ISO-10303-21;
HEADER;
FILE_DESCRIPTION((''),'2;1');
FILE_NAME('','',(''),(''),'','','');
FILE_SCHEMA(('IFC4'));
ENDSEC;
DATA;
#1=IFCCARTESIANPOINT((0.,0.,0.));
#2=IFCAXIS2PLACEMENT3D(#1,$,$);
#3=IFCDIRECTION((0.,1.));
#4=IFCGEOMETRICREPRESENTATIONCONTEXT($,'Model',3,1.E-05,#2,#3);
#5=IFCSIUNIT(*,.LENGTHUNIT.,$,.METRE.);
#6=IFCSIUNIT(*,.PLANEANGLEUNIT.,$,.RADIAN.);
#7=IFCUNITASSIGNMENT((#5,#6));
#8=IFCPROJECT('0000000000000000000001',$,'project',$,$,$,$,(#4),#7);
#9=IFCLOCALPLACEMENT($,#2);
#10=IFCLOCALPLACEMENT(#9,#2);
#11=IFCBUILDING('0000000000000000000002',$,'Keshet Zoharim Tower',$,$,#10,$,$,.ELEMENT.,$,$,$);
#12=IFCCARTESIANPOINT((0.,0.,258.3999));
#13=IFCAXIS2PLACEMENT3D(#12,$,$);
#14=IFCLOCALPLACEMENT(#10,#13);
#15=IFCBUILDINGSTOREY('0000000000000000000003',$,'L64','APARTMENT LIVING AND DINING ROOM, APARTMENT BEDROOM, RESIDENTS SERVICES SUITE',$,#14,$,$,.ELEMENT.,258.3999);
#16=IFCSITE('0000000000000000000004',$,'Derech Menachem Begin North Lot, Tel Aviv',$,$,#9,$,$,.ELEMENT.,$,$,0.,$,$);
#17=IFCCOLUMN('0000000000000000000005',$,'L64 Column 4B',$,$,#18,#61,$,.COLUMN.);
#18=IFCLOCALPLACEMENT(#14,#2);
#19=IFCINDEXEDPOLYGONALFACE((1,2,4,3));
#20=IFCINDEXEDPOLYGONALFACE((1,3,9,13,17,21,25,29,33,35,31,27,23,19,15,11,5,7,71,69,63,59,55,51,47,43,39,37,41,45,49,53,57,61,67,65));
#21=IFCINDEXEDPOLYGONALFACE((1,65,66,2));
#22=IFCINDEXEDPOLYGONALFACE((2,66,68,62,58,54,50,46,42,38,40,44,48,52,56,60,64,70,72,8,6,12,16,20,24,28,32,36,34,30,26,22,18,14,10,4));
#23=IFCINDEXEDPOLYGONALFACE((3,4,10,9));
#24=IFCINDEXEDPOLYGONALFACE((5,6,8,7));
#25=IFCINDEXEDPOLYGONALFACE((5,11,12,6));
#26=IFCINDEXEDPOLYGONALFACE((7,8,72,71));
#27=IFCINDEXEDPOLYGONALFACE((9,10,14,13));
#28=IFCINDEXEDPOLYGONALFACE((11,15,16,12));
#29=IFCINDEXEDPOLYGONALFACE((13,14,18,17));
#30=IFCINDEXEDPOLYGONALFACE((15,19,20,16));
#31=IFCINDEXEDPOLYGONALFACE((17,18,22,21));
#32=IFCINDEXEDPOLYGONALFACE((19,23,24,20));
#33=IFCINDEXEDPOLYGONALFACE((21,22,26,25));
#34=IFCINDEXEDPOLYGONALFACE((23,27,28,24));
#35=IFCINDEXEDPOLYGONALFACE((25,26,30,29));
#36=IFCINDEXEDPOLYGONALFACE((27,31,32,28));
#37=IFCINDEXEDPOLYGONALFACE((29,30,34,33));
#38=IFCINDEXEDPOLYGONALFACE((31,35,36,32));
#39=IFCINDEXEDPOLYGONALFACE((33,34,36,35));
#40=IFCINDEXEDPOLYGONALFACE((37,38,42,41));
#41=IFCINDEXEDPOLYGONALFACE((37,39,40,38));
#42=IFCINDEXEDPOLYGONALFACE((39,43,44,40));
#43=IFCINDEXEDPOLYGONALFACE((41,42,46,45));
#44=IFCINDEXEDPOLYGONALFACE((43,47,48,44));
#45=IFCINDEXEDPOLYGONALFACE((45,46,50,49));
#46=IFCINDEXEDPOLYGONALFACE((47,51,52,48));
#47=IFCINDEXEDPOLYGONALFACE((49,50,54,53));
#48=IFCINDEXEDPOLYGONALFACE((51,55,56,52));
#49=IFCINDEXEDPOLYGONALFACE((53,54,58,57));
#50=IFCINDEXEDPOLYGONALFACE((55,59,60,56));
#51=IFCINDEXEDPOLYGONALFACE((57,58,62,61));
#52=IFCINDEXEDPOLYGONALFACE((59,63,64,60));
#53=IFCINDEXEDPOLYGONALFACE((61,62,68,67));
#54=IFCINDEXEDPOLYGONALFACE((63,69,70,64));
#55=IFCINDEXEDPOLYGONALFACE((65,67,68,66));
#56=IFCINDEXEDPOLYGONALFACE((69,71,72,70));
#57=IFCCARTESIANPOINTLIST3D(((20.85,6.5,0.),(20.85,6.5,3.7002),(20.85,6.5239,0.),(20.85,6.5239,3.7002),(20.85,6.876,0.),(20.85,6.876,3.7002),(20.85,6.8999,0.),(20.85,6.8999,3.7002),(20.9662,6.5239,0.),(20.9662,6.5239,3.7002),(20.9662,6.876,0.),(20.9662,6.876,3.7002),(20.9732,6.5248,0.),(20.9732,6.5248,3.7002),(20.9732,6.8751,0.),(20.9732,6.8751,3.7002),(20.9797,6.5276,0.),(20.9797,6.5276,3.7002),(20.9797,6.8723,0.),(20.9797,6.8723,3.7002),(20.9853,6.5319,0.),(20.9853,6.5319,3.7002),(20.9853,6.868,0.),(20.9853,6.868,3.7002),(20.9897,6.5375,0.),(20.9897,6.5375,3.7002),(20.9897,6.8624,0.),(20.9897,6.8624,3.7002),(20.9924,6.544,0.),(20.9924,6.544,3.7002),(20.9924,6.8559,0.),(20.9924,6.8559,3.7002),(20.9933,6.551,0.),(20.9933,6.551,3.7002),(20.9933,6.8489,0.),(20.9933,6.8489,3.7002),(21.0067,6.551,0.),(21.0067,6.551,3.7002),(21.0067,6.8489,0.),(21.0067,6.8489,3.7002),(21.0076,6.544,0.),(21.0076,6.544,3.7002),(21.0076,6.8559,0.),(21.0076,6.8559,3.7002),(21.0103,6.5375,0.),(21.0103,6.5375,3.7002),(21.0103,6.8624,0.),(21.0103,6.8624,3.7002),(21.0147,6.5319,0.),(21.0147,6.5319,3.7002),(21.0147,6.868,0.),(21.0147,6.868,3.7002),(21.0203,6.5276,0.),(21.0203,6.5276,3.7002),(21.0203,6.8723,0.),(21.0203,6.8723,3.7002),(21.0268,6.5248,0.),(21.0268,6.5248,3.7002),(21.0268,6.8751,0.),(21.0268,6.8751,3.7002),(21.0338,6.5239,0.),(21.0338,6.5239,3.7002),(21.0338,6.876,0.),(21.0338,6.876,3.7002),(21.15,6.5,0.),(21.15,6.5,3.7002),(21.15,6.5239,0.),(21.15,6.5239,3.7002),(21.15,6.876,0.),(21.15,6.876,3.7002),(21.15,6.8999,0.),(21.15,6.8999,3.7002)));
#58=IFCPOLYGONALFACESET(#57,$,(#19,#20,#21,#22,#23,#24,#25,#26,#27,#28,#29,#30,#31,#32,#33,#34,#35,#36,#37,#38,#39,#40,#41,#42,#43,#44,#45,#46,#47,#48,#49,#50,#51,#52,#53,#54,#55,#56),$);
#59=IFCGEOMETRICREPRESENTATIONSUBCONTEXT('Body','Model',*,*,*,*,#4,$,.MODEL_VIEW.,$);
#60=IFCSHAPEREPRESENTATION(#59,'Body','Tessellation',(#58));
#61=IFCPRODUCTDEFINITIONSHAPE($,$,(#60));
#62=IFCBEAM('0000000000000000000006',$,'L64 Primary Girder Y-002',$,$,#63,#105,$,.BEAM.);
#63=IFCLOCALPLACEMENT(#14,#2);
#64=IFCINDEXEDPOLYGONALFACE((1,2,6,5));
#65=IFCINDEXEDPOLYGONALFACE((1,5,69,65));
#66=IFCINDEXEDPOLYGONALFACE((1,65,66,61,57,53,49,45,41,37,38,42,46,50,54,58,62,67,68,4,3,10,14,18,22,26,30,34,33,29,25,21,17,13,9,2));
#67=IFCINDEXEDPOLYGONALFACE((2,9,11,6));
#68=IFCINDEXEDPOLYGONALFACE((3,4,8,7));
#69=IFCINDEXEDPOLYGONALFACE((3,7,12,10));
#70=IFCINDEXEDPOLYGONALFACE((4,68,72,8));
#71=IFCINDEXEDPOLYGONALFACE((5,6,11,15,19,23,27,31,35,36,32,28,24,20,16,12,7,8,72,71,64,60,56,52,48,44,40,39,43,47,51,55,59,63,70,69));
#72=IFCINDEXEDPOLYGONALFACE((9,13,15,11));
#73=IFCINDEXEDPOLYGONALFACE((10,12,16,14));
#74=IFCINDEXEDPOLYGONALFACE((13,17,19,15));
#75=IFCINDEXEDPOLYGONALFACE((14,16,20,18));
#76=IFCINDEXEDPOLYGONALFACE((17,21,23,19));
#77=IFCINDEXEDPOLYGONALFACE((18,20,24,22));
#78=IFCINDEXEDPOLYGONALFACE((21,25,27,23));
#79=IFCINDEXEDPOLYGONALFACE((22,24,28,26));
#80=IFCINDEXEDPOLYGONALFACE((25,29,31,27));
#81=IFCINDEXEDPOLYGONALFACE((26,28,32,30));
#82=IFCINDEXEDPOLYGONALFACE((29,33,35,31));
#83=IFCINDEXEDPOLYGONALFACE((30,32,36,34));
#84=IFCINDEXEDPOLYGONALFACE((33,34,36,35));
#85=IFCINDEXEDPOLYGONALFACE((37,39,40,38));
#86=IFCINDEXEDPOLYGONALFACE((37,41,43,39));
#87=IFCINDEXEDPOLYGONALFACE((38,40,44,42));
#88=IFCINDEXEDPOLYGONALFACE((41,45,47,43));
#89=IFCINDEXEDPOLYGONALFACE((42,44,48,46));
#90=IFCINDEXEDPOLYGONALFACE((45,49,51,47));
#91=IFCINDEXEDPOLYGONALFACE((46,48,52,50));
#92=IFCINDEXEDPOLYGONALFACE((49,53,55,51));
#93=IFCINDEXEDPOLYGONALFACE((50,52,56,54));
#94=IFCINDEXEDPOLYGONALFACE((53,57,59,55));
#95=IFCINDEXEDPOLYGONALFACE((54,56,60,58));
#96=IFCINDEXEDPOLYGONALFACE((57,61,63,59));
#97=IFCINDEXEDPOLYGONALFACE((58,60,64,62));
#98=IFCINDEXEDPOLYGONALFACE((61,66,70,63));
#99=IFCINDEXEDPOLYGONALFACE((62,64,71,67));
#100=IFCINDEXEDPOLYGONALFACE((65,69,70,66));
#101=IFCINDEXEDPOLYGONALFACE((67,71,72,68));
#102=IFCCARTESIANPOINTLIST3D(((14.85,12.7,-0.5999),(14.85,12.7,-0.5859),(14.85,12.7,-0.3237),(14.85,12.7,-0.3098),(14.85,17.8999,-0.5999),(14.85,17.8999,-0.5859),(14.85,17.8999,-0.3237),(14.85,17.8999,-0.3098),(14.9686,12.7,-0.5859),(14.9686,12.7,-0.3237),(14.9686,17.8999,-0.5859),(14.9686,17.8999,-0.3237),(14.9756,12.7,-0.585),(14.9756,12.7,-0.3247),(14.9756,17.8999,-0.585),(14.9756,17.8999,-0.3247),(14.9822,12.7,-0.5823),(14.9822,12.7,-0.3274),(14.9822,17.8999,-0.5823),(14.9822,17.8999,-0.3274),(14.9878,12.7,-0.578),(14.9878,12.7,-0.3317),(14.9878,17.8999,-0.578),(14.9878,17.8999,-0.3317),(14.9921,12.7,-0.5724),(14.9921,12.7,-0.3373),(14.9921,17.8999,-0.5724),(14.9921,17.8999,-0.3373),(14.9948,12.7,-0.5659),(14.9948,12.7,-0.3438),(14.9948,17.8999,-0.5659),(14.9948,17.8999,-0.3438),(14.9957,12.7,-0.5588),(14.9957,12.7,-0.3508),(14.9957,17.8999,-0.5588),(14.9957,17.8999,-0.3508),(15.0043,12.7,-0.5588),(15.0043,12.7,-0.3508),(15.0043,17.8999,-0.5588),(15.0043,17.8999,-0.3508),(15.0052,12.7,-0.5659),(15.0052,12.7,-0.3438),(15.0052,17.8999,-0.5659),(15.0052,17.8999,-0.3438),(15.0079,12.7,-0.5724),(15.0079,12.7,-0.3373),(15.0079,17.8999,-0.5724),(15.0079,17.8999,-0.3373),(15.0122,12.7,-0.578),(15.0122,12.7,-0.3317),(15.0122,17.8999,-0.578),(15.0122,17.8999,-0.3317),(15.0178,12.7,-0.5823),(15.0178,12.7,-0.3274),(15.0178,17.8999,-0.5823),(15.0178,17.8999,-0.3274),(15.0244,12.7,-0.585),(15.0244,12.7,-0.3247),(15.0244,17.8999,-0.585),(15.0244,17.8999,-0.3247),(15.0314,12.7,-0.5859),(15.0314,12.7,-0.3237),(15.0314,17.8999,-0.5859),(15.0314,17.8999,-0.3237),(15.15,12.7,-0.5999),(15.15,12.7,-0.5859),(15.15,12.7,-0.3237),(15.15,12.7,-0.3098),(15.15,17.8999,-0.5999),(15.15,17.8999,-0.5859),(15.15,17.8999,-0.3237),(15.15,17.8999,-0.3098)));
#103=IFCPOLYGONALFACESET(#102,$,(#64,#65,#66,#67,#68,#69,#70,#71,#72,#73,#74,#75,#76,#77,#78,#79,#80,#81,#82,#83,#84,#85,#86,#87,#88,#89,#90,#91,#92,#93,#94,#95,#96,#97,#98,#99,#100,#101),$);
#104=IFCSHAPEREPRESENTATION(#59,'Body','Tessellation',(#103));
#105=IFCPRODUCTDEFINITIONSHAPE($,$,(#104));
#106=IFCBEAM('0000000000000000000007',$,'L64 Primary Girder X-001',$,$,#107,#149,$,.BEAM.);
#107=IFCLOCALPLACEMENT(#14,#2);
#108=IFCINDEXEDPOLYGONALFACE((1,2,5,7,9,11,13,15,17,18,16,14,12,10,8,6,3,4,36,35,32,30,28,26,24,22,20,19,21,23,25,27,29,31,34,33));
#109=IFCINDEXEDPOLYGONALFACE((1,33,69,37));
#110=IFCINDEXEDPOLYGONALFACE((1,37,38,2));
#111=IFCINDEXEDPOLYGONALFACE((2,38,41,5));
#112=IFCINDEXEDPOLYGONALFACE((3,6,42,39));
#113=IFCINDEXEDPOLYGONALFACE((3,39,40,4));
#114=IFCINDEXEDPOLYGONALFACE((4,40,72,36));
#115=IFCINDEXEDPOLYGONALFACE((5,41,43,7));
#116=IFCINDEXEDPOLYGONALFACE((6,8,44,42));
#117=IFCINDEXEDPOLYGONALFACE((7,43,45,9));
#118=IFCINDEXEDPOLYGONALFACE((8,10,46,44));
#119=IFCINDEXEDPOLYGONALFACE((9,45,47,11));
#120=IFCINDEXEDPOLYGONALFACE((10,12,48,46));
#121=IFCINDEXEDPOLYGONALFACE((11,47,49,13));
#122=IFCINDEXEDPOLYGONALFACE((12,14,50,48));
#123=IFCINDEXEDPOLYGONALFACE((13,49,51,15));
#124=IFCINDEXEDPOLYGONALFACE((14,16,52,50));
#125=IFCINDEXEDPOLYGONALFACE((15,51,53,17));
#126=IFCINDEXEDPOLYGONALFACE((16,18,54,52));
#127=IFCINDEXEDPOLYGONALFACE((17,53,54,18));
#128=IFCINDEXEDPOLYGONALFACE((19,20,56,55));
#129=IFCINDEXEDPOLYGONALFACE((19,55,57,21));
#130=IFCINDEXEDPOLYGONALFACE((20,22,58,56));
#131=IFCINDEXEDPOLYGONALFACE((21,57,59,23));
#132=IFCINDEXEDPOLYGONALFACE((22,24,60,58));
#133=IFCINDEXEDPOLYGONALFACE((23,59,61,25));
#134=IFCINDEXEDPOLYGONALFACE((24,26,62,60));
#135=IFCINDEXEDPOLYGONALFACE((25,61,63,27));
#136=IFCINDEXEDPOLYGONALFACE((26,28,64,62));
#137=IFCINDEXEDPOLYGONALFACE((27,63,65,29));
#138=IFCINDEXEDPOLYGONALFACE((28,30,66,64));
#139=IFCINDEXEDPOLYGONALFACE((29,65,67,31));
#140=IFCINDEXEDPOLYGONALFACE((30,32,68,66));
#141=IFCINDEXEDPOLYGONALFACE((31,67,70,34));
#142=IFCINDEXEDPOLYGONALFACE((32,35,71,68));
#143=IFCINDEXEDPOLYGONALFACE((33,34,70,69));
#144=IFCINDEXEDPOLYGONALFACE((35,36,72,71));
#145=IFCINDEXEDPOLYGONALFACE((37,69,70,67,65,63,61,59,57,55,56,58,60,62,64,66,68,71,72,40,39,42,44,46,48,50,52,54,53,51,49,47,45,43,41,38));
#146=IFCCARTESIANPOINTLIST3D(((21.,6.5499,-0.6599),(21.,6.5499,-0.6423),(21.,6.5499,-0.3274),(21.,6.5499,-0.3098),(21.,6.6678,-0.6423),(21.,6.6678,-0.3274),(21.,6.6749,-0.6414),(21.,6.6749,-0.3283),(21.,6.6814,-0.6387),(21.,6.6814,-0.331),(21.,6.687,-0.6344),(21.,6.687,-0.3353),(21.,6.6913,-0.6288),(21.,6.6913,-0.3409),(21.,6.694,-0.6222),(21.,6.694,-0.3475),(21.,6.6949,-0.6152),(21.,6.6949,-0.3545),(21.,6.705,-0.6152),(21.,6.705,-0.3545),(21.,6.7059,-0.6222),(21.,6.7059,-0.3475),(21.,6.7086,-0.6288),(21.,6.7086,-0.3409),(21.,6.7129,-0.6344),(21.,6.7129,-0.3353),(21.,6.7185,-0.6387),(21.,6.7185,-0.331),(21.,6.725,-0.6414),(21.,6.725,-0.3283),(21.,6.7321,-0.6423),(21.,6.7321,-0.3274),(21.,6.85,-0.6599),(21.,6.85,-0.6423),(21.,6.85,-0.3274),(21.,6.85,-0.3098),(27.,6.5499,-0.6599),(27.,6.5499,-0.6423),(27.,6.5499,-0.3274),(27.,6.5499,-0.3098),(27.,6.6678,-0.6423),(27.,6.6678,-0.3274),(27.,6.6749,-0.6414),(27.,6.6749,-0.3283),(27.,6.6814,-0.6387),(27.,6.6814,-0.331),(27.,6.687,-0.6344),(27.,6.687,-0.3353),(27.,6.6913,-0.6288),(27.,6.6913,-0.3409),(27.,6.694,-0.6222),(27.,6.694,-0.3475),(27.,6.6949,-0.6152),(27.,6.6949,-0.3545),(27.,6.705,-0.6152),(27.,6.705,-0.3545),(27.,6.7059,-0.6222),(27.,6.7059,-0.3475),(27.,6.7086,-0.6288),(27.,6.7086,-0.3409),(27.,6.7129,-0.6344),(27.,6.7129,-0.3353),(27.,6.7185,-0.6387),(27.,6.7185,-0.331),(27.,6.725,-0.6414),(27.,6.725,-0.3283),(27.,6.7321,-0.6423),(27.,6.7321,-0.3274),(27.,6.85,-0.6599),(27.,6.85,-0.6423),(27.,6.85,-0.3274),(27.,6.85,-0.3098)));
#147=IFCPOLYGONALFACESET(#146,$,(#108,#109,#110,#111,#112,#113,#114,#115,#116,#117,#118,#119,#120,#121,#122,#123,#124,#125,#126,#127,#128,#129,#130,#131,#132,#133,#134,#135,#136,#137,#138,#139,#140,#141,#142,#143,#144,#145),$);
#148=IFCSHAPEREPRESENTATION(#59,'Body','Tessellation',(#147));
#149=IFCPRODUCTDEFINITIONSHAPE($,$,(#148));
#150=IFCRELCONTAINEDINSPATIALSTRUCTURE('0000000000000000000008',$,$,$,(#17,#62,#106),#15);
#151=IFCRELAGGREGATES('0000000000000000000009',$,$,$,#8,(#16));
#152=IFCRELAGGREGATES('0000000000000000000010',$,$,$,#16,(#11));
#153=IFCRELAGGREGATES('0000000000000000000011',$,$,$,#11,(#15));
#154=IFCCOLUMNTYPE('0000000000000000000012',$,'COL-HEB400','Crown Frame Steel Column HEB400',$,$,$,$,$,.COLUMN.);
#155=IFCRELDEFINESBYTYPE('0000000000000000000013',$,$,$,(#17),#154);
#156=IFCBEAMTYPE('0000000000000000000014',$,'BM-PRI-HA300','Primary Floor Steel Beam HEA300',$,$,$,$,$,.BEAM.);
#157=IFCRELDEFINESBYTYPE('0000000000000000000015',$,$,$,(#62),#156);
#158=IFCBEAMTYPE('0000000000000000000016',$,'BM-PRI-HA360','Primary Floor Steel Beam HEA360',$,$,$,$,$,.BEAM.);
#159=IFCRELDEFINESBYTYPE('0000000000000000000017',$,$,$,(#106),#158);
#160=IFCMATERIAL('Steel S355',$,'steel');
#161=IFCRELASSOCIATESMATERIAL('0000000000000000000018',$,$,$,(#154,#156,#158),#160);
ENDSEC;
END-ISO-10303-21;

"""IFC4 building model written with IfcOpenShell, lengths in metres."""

from ifc_helpers import new_model, si_unit, direction, frame, origin, origin_2d, place, context, subcontext, project, spatial, i_section, extrude, material, material_profile, profile_set, type_object, element, save


model = new_model("IFC4")

# Units and contexts
model_context = context("Model", 3, precision=1e-05, world=origin(), true_north=direction((0.0, 1.0)))
body_context = subcontext(model_context, "Body", "Model", "MODEL_VIEW")
ifc_project = project(units=[si_unit("LENGTHUNIT", "METRE"), si_unit("PLANEANGLEUNIT", "RADIAN")], contexts=[model_context])

# Site, building, storey
site_placement = place(None, origin())
site = spatial("IfcSite", under=ifc_project, at=site_placement, Name="Derech Menachem Begin North Lot, Tel Aviv", CompositionType="ELEMENT", RefElevation=0.0)
building_placement = place(site_placement, origin())
building = spatial("IfcBuilding", under=site, at=building_placement, Name="Keshet Zoharim Tower", CompositionType="ELEMENT")
storey_placement = place(building_placement, frame((0.0, 0.0, 258.3999)))
storey = spatial("IfcBuildingStorey", under=building, at=storey_placement, Name="L64", Description="APARTMENT LIVING AND DINING ROOM, APARTMENT BEDROOM, RESIDENTS SERVICES SUITE", CompositionType="ELEMENT", Elevation=258.3999)

# Column
ifc_material_1 = material(Name="Steel S355", Category="steel")
ifc_material_profile_1 = material_profile(ifc_material_1, i_section(OverallWidth=0.3, OverallDepth=0.3999, WebThickness=0.0134, FlangeThickness=0.0239, FilletRadius=0.0271, at=origin_2d()), Name="HEB400")
ifc_profile_set_1 = profile_set([ifc_material_profile_1], Name="Steel S355")
column_type = type_object("IfcColumnType", Name="COL-HEB400", Description="Crown Frame Steel Column HEB400", PredefinedType="COLUMN", material=ifc_profile_set_1)
column_placement = place(storey_placement, frame((21.0, 6.7, 0.0), z_axis=(0.0, 0.0, 1.0), x_axis=(1.0, 0.0, 0.0)))
element("IfcColumn", 1, at=column_placement, inside=storey, type_object=column_type, Name="L64 Column 4B", PredefinedType="COLUMN", context=body_context, shape_type="SweptSolid", body=[
    extrude(i_section(OverallWidth=0.3, OverallDepth=0.3999, WebThickness=0.0134, FlangeThickness=0.0239, FilletRadius=0.0271, at=origin_2d()), origin(), (0.0, 0.0, 1.0), 3.7002),
])

# Beams
ifc_material_profile_2 = material_profile(ifc_material_1, i_section(OverallWidth=0.3, OverallDepth=0.29, WebThickness=0.0085, FlangeThickness=0.0139, FilletRadius=0.0271, at=origin_2d()), Name="HEA300")
ifc_profile_set_2 = profile_set([ifc_material_profile_2], Name="Steel S355")
beam_type_1 = type_object("IfcBeamType", Name="BM-PRI-HA300", Description="Primary Floor Steel Beam HEA300", PredefinedType="BEAM", material=ifc_profile_set_2)
beam_1_placement = place(storey_placement, frame((15.0, 12.7, -0.4548), z_axis=(0.0, 1.0, 0.0), x_axis=(-1.0, 0.0, 0.0)))
element("IfcBeam", 2, at=beam_1_placement, inside=storey, type_object=beam_type_1, Name="L64 Primary Girder Y-002", PredefinedType="BEAM", context=body_context, shape_type="SweptSolid", body=[
    extrude(i_section(OverallWidth=0.3, OverallDepth=0.29, WebThickness=0.0085, FlangeThickness=0.0139, FilletRadius=0.0271, at=origin_2d()), origin(), (0.0, 0.0, 1.0), 5.2),
])
ifc_material_profile_3 = material_profile(ifc_material_1, i_section(OverallWidth=0.3, OverallDepth=0.3501, WebThickness=0.01, FlangeThickness=0.0176, FilletRadius=0.0271, at=origin_2d()), Name="HEA360")
ifc_profile_set_3 = profile_set([ifc_material_profile_3], Name="Steel S355")
beam_type_2 = type_object("IfcBeamType", Name="BM-PRI-HA360", Description="Primary Floor Steel Beam HEA360", PredefinedType="BEAM", material=ifc_profile_set_3)
beam_2_placement = place(storey_placement, frame((21.0, 6.7, -0.4849), z_axis=(1.0, 0.0, 0.0), x_axis=(0.0, 1.0, 0.0)))
element("IfcBeam", 3, at=beam_2_placement, inside=storey, type_object=beam_type_2, Name="L64 Primary Girder X-001", PredefinedType="BEAM", context=body_context, shape_type="SweptSolid", body=[
    extrude(i_section(OverallWidth=0.3, OverallDepth=0.3501, WebThickness=0.01, FlangeThickness=0.0176, FilletRadius=0.0271, at=origin_2d()), origin(), (0.0, 0.0, 1.0), 6.0),
])

save(model, "model.ifc")
